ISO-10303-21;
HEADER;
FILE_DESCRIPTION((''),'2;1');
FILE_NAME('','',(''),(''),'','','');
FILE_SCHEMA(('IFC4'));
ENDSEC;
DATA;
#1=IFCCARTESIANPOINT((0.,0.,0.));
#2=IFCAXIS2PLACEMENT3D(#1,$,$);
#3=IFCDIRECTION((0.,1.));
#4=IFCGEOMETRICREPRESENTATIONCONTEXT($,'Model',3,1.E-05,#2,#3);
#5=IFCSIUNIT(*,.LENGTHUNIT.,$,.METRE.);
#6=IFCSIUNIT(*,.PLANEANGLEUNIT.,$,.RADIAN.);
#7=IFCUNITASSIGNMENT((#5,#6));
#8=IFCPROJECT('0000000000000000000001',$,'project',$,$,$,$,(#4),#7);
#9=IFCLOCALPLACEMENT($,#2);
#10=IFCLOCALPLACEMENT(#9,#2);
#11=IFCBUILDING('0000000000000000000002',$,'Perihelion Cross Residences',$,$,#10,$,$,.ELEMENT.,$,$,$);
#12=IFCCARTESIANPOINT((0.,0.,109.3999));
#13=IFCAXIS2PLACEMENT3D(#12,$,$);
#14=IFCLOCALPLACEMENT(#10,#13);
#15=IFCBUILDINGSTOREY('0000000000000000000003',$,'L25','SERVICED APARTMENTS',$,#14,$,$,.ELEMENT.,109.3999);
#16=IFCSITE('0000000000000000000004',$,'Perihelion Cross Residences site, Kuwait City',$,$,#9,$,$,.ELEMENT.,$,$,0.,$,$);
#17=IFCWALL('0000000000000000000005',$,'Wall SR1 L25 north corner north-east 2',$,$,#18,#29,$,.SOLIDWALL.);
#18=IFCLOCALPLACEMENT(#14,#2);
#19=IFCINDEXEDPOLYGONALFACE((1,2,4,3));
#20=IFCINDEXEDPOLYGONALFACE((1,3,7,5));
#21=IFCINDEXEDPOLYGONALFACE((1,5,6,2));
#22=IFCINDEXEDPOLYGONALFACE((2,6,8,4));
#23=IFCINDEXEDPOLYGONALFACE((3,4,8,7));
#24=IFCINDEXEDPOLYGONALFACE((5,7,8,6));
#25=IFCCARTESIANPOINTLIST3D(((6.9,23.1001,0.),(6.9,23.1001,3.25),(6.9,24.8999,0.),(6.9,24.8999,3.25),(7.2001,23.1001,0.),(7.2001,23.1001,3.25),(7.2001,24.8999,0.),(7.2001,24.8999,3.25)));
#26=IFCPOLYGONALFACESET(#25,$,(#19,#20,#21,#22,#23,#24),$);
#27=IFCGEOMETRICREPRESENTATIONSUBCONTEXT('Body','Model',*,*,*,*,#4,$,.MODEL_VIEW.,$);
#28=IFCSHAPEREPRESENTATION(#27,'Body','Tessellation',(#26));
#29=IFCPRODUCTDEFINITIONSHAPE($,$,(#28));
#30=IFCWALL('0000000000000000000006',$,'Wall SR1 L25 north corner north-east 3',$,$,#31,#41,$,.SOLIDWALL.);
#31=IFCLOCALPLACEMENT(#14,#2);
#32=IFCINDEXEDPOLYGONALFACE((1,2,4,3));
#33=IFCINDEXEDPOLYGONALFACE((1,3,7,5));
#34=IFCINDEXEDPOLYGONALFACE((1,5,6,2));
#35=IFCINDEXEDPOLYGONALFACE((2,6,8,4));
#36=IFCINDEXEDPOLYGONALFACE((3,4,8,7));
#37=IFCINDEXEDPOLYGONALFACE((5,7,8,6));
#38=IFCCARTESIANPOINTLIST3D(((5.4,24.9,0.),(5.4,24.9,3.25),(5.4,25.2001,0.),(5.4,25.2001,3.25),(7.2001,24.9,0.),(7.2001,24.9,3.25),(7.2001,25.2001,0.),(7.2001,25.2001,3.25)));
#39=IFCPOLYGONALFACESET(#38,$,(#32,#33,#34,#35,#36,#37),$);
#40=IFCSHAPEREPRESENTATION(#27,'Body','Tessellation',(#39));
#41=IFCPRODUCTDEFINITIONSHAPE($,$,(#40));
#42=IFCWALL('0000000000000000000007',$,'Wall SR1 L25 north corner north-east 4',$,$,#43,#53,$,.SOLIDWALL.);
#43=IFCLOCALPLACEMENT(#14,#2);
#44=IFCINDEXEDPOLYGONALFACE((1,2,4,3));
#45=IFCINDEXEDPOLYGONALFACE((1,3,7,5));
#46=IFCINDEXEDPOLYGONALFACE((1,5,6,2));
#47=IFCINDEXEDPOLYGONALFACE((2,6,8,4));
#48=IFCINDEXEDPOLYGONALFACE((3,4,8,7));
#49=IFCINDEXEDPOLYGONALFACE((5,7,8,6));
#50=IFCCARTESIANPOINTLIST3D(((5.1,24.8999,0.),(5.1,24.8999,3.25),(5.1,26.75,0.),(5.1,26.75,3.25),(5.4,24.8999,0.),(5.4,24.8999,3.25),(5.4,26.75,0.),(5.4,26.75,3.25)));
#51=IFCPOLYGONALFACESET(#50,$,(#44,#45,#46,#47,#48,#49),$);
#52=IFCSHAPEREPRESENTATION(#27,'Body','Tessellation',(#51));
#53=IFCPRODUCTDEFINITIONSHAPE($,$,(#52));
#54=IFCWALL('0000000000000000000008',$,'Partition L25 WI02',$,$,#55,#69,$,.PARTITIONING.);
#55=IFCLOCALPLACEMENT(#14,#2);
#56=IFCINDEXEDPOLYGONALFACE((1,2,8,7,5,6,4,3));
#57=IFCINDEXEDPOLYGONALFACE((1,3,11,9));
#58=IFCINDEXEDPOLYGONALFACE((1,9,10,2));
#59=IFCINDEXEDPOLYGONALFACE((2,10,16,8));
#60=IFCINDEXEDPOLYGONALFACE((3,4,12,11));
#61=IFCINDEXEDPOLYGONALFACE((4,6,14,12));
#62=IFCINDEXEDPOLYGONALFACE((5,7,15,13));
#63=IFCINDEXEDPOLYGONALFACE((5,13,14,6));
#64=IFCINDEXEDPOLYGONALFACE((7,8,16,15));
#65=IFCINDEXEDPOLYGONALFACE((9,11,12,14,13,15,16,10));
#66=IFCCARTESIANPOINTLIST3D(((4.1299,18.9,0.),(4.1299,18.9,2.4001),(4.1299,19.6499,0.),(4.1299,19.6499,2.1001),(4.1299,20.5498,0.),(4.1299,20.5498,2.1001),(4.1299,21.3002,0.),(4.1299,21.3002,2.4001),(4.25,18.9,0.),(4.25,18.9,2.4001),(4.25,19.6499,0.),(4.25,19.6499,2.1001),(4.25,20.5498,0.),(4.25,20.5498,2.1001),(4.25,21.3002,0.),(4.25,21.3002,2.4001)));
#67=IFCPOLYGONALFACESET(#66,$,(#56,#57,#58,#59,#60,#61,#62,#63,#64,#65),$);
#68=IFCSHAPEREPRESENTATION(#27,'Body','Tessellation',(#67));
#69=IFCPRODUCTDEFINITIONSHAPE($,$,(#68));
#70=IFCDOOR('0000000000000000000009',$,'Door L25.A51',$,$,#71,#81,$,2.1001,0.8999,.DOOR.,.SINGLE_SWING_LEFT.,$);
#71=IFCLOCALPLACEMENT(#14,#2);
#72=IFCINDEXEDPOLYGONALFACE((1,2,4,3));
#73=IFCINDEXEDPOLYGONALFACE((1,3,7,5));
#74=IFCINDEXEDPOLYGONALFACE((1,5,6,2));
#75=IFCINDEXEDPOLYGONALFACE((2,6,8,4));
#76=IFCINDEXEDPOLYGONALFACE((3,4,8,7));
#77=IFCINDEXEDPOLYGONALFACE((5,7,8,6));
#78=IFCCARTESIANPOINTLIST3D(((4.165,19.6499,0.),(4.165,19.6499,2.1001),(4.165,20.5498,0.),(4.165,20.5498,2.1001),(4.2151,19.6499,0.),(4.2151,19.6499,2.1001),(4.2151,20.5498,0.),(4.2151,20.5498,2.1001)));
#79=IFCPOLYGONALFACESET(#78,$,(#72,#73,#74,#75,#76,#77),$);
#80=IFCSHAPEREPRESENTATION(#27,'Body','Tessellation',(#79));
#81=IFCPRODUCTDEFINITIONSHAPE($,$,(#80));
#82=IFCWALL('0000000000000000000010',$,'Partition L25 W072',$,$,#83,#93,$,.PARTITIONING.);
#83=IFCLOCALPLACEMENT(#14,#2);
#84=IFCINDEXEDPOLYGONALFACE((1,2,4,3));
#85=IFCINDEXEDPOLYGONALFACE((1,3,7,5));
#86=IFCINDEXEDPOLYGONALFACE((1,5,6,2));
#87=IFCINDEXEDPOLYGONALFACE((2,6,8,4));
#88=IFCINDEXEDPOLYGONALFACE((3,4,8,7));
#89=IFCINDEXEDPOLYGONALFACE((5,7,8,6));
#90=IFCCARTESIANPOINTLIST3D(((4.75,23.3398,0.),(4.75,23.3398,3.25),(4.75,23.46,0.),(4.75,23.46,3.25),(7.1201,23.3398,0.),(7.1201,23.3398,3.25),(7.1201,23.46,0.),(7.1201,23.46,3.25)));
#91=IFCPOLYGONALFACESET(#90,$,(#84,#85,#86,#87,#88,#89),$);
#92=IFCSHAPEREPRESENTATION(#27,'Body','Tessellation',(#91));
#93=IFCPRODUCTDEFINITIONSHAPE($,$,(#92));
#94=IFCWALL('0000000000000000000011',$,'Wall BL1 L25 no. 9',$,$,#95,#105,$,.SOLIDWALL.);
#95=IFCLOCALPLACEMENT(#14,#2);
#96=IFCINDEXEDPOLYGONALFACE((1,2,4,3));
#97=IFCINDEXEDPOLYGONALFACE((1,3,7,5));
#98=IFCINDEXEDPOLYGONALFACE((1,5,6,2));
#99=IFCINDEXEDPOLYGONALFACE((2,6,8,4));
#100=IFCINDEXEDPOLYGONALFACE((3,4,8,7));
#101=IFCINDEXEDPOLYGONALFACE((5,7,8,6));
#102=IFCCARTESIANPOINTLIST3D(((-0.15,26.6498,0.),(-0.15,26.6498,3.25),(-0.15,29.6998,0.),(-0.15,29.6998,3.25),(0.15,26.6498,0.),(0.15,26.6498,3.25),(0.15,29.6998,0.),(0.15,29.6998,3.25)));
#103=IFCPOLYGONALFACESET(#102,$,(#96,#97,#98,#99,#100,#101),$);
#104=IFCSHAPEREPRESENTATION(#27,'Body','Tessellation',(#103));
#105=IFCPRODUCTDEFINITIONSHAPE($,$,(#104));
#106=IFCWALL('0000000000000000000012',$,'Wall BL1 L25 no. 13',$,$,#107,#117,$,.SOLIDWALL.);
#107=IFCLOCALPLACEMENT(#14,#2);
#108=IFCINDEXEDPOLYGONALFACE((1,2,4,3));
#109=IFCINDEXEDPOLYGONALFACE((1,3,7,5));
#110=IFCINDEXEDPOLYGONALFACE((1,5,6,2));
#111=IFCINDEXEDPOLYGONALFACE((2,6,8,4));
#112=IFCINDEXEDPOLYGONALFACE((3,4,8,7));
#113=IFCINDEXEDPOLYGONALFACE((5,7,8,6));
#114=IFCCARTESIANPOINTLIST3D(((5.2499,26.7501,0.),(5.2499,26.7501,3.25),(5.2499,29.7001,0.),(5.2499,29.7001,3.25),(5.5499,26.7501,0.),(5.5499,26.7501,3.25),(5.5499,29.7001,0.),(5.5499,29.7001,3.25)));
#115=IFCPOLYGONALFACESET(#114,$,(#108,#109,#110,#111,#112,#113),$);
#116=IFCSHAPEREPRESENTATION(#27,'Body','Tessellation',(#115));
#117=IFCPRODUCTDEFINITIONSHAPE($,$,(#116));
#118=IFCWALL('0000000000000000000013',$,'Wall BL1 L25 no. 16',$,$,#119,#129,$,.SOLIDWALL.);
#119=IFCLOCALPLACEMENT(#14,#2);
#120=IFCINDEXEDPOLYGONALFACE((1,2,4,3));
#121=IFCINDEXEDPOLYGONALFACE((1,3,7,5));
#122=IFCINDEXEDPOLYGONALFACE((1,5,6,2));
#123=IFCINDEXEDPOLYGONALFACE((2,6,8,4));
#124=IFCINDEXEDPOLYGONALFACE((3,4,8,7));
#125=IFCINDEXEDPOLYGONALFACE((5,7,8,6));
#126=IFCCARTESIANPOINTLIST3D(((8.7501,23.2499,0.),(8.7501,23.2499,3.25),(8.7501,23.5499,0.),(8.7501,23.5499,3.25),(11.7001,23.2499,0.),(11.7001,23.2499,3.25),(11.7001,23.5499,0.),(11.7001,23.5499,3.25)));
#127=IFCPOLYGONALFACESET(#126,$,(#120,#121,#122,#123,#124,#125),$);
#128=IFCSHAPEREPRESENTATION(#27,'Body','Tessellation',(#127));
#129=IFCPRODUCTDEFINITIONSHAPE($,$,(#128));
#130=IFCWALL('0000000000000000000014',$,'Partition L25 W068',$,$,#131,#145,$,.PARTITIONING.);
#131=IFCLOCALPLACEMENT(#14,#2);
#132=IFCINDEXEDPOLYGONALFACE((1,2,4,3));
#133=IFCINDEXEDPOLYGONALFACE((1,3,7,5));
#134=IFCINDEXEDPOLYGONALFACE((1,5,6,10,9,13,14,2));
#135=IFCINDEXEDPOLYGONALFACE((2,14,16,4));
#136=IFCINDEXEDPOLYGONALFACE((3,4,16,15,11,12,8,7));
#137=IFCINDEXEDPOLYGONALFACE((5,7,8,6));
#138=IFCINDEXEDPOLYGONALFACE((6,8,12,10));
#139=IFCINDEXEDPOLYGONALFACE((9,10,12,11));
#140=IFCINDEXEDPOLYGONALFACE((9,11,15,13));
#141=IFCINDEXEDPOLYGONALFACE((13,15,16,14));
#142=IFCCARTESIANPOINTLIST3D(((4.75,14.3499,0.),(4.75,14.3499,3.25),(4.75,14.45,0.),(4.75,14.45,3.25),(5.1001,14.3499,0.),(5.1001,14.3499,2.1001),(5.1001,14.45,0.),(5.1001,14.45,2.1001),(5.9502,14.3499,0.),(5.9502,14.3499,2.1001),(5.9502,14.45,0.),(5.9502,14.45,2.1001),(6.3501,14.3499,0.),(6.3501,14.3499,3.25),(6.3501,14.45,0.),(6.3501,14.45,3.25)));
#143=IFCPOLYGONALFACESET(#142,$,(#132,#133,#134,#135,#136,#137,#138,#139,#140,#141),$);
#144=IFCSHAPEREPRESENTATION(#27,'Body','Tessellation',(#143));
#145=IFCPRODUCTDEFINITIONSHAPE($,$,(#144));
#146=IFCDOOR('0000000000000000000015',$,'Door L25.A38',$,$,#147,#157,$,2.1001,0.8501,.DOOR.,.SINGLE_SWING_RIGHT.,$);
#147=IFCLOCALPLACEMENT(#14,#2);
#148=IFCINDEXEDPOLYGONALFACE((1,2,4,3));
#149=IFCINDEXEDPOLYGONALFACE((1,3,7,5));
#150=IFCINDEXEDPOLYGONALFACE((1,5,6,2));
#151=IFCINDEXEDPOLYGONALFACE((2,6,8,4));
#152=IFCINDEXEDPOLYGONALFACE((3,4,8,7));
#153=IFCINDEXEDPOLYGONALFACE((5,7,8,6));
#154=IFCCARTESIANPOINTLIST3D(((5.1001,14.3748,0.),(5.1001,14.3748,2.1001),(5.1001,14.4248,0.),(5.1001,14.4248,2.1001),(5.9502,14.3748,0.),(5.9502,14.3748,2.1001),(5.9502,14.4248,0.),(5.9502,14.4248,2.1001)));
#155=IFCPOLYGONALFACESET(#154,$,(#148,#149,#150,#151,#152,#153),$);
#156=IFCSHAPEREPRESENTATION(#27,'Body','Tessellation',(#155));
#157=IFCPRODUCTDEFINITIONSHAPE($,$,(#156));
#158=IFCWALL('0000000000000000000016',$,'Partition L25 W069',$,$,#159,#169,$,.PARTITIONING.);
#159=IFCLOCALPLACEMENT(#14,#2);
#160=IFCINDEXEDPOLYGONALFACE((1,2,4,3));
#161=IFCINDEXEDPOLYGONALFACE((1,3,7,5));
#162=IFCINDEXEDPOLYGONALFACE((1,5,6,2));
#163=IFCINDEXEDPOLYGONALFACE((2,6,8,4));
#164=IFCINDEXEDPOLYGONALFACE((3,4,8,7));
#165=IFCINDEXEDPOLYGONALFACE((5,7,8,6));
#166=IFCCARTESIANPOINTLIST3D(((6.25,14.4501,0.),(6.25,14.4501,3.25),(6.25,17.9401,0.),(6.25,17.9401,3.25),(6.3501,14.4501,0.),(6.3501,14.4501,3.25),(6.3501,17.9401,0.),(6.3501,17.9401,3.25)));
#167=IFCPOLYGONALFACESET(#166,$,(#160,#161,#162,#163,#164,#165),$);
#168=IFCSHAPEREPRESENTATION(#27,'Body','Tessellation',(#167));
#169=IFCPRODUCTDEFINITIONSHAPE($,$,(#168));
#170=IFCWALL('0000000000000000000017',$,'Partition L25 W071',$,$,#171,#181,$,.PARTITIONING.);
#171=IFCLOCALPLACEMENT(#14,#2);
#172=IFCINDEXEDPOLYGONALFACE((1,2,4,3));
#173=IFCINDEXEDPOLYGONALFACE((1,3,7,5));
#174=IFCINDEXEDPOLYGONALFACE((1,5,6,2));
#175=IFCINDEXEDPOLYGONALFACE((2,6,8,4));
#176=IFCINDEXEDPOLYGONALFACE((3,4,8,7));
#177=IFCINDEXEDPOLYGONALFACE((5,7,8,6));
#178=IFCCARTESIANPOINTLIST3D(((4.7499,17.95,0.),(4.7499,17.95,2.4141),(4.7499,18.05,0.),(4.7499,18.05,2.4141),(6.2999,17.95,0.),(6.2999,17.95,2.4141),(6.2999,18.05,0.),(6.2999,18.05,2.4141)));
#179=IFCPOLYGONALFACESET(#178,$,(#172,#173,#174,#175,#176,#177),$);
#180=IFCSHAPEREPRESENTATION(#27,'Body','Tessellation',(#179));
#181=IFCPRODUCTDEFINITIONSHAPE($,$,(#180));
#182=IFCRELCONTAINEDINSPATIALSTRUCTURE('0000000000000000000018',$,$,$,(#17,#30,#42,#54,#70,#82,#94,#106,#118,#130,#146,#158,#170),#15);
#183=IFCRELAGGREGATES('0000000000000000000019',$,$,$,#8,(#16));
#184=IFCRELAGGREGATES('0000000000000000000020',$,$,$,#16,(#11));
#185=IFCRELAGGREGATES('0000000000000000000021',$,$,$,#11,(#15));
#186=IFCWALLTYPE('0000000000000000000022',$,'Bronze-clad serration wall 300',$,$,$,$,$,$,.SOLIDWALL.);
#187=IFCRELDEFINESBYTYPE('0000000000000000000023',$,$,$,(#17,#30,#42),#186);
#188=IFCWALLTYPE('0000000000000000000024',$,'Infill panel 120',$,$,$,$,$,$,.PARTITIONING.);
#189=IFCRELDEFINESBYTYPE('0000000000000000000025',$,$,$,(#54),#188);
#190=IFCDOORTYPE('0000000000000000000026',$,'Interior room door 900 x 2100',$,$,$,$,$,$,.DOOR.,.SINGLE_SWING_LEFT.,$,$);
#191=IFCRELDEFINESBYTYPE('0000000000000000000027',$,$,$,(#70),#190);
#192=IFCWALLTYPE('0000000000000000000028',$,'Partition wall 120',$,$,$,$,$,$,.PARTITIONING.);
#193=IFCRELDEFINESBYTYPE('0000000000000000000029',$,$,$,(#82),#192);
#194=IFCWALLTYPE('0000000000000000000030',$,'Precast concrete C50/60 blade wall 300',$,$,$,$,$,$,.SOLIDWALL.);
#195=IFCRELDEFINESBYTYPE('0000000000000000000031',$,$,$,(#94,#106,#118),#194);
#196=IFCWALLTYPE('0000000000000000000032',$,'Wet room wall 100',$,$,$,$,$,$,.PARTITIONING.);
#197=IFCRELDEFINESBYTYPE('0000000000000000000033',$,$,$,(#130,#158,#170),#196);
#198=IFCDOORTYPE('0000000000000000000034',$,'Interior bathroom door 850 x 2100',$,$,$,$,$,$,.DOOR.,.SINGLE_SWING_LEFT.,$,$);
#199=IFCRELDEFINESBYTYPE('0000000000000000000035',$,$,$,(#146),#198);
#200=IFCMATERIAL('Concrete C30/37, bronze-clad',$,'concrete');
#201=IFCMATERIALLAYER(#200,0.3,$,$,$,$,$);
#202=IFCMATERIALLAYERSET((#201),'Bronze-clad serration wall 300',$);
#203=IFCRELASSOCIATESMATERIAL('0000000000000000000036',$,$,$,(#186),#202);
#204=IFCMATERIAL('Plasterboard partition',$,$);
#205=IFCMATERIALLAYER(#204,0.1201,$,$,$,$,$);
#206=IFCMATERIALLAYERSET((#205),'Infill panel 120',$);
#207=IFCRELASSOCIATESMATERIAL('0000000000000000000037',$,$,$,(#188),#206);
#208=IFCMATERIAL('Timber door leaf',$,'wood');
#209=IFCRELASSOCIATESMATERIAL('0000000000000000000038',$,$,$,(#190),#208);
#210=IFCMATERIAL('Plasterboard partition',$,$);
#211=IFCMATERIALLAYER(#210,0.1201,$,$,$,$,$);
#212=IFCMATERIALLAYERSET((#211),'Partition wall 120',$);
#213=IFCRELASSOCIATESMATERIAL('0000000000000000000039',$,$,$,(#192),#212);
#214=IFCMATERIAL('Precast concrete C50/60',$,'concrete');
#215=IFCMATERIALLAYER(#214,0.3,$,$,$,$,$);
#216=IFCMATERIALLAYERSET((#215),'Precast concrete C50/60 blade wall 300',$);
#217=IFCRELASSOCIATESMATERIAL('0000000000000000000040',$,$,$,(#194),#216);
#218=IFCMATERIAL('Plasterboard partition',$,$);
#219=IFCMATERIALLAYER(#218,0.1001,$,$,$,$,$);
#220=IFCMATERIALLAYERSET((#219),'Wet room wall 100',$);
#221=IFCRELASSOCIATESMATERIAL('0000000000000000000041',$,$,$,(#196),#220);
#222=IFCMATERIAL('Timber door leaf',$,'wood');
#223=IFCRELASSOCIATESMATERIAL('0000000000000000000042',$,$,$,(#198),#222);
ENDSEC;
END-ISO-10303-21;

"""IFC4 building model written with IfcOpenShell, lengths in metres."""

from ifc_helpers import new_model, si_unit, direction, frame, frame_2d, origin, place, context, subcontext, project, spatial, rectangle, extrude, material, layer, layer_set, type_object, element, fill, save


model = new_model("IFC4")

# Units and contexts
model_context = context("Model", 3, precision=1e-05, world=origin(), true_north=direction((0.0, 1.0)))
body_context = subcontext(model_context, "Body", "Model", "MODEL_VIEW")
ifc_project = project(units=[si_unit("LENGTHUNIT", "METRE"), si_unit("PLANEANGLEUNIT", "RADIAN")], contexts=[model_context])

# Site, building, storey
site_placement = place(None, origin())
site = spatial("IfcSite", under=ifc_project, at=site_placement, Name="Perihelion Cross Residences site, Kuwait City", CompositionType="ELEMENT", RefElevation=0.0)
building_placement = place(site_placement, origin())
building = spatial("IfcBuilding", under=site, at=building_placement, Name="Perihelion Cross Residences", CompositionType="ELEMENT")
storey_placement = place(building_placement, frame((0.0, 0.0, 109.3999)))
storey = spatial("IfcBuildingStorey", under=building, at=storey_placement, Name="L25", Description="SERVICED APARTMENTS", CompositionType="ELEMENT", Elevation=109.3999)

# Walls
ifc_material_1 = material(Name="Concrete C30/37, bronze-clad", Category="concrete")
ifc_layer_1 = layer(ifc_material_1, 0.3)
ifc_layer_set_1 = layer_set([ifc_layer_1], Name="Bronze-clad serration wall 300")
wall_type_1 = type_object("IfcWallType", Name="Bronze-clad serration wall 300", PredefinedType="SOLIDWALL", material=ifc_layer_set_1)
wall_1_placement = place(storey_placement, frame((7.05, 23.1001, 0.0), z_axis=(0.0, 0.0, 1.0), x_axis=(0.0, 1.0, 0.0)))
element("IfcWall", 1, at=wall_1_placement, inside=storey, type_object=wall_type_1, Name="Wall SR1 L25 north corner north-east 2", PredefinedType="SOLIDWALL", context=body_context, shape_type="SweptSolid", body=[
    extrude(rectangle(XDim=1.7998, YDim=0.3, at=frame_2d((0.8999, 0.0))), origin(), (0.0, 0.0, 1.0), 3.25),
])
wall_2_placement = place(storey_placement, frame((7.2, 25.05, 0.0), z_axis=(0.0, 0.0, 1.0), x_axis=(-1.0, 0.0, 0.0)))
element("IfcWall", 2, at=wall_2_placement, inside=storey, type_object=wall_type_1, Name="Wall SR1 L25 north corner north-east 3", PredefinedType="SOLIDWALL", context=body_context, shape_type="SweptSolid", body=[
    extrude(rectangle(XDim=1.8, YDim=0.3, at=frame_2d((0.8999, 0.0))), origin(), (0.0, 0.0, 1.0), 3.25),
])
wall_3_placement = place(storey_placement, frame((5.25, 24.8999, 0.0), z_axis=(0.0, 0.0, 1.0), x_axis=(0.0, 1.0, 0.0)))
element("IfcWall", 3, at=wall_3_placement, inside=storey, type_object=wall_type_1, Name="Wall SR1 L25 north corner north-east 4", PredefinedType="SOLIDWALL", context=body_context, shape_type="SweptSolid", body=[
    extrude(rectangle(XDim=1.8501, YDim=0.3, at=frame_2d((0.925, 0.0))), origin(), (0.0, 0.0, 1.0), 3.25),
])

# Wall, opening, door
ifc_material_2 = material(Name="Plasterboard partition")
ifc_layer_2 = layer(ifc_material_2, 0.1201)
ifc_layer_set_2 = layer_set([ifc_layer_2], Name="Infill panel 120")
wall_type_2 = type_object("IfcWallType", Name="Infill panel 120", PredefinedType="PARTITIONING", material=ifc_layer_set_2)
wall_4_placement = place(storey_placement, frame((4.1899, 18.8999, 0.0), z_axis=(0.0, 0.0, 1.0), x_axis=(0.0, 1.0, 0.0)))
wall_4 = element("IfcWall", 4, at=wall_4_placement, inside=storey, type_object=wall_type_2, Name="Partition L25 WI02", PredefinedType="PARTITIONING", context=body_context, shape_type="SweptSolid", body=[
    extrude(rectangle(XDim=2.4001, YDim=0.1201, at=frame_2d((1.2002, 0.0))), origin(), (0.0, 0.0, 1.0), 2.4001),
])
opening_1_placement = place(wall_4_placement, frame((0.75, 0.0, 0.0)))
opening_1 = element("IfcOpeningElement", 5, at=opening_1_placement, cuts=wall_4, PredefinedType="OPENING", context=body_context, shape_type="SweptSolid", body=[
    extrude(rectangle(XDim=0.8999, YDim=2.1001, at=frame_2d((0.45, 1.05))), frame((0.0, 0.0701, 0.0), z_axis=(0.0, -1.0, 0.0), x_axis=(1.0, 0.0, 0.0)), (0.0, 0.0, 1.0), 0.1401),
])
ifc_material_3 = material(Name="Timber door leaf", Category="wood")
door_type_1 = type_object("IfcDoorType", Name="Interior room door 900 x 2100", OperationType="SINGLE_SWING_LEFT", PredefinedType="DOOR", material=ifc_material_3)
door_1_placement = place(opening_1_placement, origin())
door_1 = element("IfcDoor", 6, at=door_1_placement, inside=storey, type_object=door_type_1, Name="Door L25.A51", OperationType="SINGLE_SWING_LEFT", OverallHeight=2.1001, OverallWidth=0.8999, PredefinedType="DOOR", context=body_context, shape_type="SweptSolid", body=[
    extrude(rectangle(XDim=0.8999, YDim=2.1001, at=frame_2d((0.45, 1.05))), frame((0.0, 0.0249, 0.0), z_axis=(0.0, -1.0, 0.0), x_axis=(1.0, 0.0, 0.0)), (0.0, 0.0, 1.0), 0.05),
])
fill(opening_1, door_1)

# Walls
ifc_material_4 = material(Name="Plasterboard partition")
ifc_layer_3 = layer(ifc_material_4, 0.1201)
ifc_layer_set_3 = layer_set([ifc_layer_3], Name="Partition wall 120")
wall_type_3 = type_object("IfcWallType", Name="Partition wall 120", PredefinedType="PARTITIONING", material=ifc_layer_set_3)
wall_5_placement = place(storey_placement, frame((4.75, 23.3999, 0.0), z_axis=(0.0, 0.0, 1.0), x_axis=(1.0, 0.0, 0.0)))
element("IfcWall", 7, at=wall_5_placement, inside=storey, type_object=wall_type_3, Name="Partition L25 W072", PredefinedType="PARTITIONING", context=body_context, shape_type="SweptSolid", body=[
    extrude(rectangle(XDim=2.3701, YDim=0.1201, at=frame_2d((1.1851, 0.0))), origin(), (0.0, 0.0, 1.0), 3.25),
])
ifc_material_5 = material(Name="Precast concrete C50/60", Category="concrete")
ifc_layer_4 = layer(ifc_material_5, 0.3)
ifc_layer_set_4 = layer_set([ifc_layer_4], Name="Precast concrete C50/60 blade wall 300")
wall_type_4 = type_object("IfcWallType", Name="Precast concrete C50/60 blade wall 300", PredefinedType="SOLIDWALL", material=ifc_layer_set_4)
wall_6_placement = place(storey_placement, frame((0.0, 26.6499, 0.0), z_axis=(0.0, 0.0, 1.0), x_axis=(0.0, 1.0, 0.0)))
element("IfcWall", 8, at=wall_6_placement, inside=storey, type_object=wall_type_4, Name="Wall BL1 L25 no. 9", PredefinedType="SOLIDWALL", context=body_context, shape_type="SweptSolid", body=[
    extrude(rectangle(XDim=3.05, YDim=0.3, at=frame_2d((1.5249, 0.0))), origin(), (0.0, 0.0, 1.0), 3.25),
])
for number, where, z_axis, x_axis, name in (
    (9, (5.3999, 26.75, 0.0), (0.0, 0.0, 1.0), (0.0, 1.0, 0.0), "Wall BL1 L25 no. 13"),
    (10, (8.75, 23.3999, 0.0), (0.0, 0.0, 1.0), (1.0, 0.0, 0.0), "Wall BL1 L25 no. 16"),
):
    element("IfcWall", number, at=place(storey_placement, frame(where, z_axis=z_axis, x_axis=x_axis)), inside=storey, type_object=wall_type_4, Name=name, PredefinedType="SOLIDWALL", context=body_context, shape_type="SweptSolid", body=[
        extrude(rectangle(XDim=2.95, YDim=0.3, at=frame_2d((1.4751, 0.0))), origin(), (0.0, 0.0, 1.0), 3.25),
    ])

# Wall, opening, door
ifc_material_6 = material(Name="Plasterboard partition")
ifc_layer_5 = layer(ifc_material_6, 0.1001)
ifc_layer_set_5 = layer_set([ifc_layer_5], Name="Wet room wall 100")
wall_type_5 = type_object("IfcWallType", Name="Wet room wall 100", PredefinedType="PARTITIONING", material=ifc_layer_set_5)
wall_7_placement = place(storey_placement, frame((4.75, 14.3999, 0.0), z_axis=(0.0, 0.0, 1.0), x_axis=(1.0, 0.0, 0.0)))
wall_7 = element("IfcWall", 11, at=wall_7_placement, inside=storey, type_object=wall_type_5, Name="Partition L25 W068", PredefinedType="PARTITIONING", context=body_context, shape_type="SweptSolid", body=[
    extrude(rectangle(XDim=1.6001, YDim=0.1001, at=frame_2d((0.8, 0.0))), origin(), (0.0, 0.0, 1.0), 3.25),
])
opening_2_placement = place(wall_7_placement, frame((0.3501, 0.0, 0.0)))
opening_2 = element("IfcOpeningElement", 12, at=opening_2_placement, cuts=wall_7, PredefinedType="OPENING", context=body_context, shape_type="SweptSolid", body=[
    extrude(rectangle(XDim=0.8501, YDim=2.1001, at=frame_2d((0.425, 1.05))), frame((0.0, 0.0601, 0.0), z_axis=(0.0, -1.0, 0.0), x_axis=(1.0, 0.0, 0.0)), (0.0, 0.0, 1.0), 0.1201),
])
ifc_material_7 = material(Name="Timber door leaf", Category="wood")
door_type_2 = type_object("IfcDoorType", Name="Interior bathroom door 850 x 2100", OperationType="SINGLE_SWING_LEFT", PredefinedType="DOOR", material=ifc_material_7)
door_2_placement = place(opening_2_placement, origin())
door_2 = element("IfcDoor", 13, at=door_2_placement, inside=storey, type_object=door_type_2, Name="Door L25.A38", OperationType="SINGLE_SWING_RIGHT", OverallHeight=2.1001, OverallWidth=0.8501, PredefinedType="DOOR", context=body_context, shape_type="SweptSolid", body=[
    extrude(rectangle(XDim=0.8501, YDim=2.1001, at=frame_2d((0.425, 1.05))), frame((0.0, 0.0249, 0.0), z_axis=(0.0, -1.0, 0.0), x_axis=(1.0, 0.0, 0.0)), (0.0, 0.0, 1.0), 0.05),
])
fill(opening_2, door_2)

# Walls
wall_8_placement = place(storey_placement, frame((6.3, 14.45, 0.0), z_axis=(0.0, 0.0, 1.0), x_axis=(0.0, 1.0, 0.0)))
element("IfcWall", 14, at=wall_8_placement, inside=storey, type_object=wall_type_5, Name="Partition L25 W069", PredefinedType="PARTITIONING", context=body_context, shape_type="SweptSolid", body=[
    extrude(rectangle(XDim=3.49, YDim=0.1001, at=frame_2d((1.7451, 0.0))), origin(), (0.0, 0.0, 1.0), 3.25),
])
wall_9_placement = place(storey_placement, frame((4.75, 18.0, 0.0), z_axis=(0.0, 0.0, 1.0), x_axis=(1.0, 0.0, 0.0)))
element("IfcWall", 15, at=wall_9_placement, inside=storey, type_object=wall_type_5, Name="Partition L25 W071", PredefinedType="PARTITIONING", context=body_context, shape_type="SweptSolid", body=[
    extrude(rectangle(XDim=1.55, YDim=0.1001, at=frame_2d((0.7749, 0.0))), origin(), (0.0, 0.0, 1.0), 2.4141),
])

save(model, "model.ifc")
